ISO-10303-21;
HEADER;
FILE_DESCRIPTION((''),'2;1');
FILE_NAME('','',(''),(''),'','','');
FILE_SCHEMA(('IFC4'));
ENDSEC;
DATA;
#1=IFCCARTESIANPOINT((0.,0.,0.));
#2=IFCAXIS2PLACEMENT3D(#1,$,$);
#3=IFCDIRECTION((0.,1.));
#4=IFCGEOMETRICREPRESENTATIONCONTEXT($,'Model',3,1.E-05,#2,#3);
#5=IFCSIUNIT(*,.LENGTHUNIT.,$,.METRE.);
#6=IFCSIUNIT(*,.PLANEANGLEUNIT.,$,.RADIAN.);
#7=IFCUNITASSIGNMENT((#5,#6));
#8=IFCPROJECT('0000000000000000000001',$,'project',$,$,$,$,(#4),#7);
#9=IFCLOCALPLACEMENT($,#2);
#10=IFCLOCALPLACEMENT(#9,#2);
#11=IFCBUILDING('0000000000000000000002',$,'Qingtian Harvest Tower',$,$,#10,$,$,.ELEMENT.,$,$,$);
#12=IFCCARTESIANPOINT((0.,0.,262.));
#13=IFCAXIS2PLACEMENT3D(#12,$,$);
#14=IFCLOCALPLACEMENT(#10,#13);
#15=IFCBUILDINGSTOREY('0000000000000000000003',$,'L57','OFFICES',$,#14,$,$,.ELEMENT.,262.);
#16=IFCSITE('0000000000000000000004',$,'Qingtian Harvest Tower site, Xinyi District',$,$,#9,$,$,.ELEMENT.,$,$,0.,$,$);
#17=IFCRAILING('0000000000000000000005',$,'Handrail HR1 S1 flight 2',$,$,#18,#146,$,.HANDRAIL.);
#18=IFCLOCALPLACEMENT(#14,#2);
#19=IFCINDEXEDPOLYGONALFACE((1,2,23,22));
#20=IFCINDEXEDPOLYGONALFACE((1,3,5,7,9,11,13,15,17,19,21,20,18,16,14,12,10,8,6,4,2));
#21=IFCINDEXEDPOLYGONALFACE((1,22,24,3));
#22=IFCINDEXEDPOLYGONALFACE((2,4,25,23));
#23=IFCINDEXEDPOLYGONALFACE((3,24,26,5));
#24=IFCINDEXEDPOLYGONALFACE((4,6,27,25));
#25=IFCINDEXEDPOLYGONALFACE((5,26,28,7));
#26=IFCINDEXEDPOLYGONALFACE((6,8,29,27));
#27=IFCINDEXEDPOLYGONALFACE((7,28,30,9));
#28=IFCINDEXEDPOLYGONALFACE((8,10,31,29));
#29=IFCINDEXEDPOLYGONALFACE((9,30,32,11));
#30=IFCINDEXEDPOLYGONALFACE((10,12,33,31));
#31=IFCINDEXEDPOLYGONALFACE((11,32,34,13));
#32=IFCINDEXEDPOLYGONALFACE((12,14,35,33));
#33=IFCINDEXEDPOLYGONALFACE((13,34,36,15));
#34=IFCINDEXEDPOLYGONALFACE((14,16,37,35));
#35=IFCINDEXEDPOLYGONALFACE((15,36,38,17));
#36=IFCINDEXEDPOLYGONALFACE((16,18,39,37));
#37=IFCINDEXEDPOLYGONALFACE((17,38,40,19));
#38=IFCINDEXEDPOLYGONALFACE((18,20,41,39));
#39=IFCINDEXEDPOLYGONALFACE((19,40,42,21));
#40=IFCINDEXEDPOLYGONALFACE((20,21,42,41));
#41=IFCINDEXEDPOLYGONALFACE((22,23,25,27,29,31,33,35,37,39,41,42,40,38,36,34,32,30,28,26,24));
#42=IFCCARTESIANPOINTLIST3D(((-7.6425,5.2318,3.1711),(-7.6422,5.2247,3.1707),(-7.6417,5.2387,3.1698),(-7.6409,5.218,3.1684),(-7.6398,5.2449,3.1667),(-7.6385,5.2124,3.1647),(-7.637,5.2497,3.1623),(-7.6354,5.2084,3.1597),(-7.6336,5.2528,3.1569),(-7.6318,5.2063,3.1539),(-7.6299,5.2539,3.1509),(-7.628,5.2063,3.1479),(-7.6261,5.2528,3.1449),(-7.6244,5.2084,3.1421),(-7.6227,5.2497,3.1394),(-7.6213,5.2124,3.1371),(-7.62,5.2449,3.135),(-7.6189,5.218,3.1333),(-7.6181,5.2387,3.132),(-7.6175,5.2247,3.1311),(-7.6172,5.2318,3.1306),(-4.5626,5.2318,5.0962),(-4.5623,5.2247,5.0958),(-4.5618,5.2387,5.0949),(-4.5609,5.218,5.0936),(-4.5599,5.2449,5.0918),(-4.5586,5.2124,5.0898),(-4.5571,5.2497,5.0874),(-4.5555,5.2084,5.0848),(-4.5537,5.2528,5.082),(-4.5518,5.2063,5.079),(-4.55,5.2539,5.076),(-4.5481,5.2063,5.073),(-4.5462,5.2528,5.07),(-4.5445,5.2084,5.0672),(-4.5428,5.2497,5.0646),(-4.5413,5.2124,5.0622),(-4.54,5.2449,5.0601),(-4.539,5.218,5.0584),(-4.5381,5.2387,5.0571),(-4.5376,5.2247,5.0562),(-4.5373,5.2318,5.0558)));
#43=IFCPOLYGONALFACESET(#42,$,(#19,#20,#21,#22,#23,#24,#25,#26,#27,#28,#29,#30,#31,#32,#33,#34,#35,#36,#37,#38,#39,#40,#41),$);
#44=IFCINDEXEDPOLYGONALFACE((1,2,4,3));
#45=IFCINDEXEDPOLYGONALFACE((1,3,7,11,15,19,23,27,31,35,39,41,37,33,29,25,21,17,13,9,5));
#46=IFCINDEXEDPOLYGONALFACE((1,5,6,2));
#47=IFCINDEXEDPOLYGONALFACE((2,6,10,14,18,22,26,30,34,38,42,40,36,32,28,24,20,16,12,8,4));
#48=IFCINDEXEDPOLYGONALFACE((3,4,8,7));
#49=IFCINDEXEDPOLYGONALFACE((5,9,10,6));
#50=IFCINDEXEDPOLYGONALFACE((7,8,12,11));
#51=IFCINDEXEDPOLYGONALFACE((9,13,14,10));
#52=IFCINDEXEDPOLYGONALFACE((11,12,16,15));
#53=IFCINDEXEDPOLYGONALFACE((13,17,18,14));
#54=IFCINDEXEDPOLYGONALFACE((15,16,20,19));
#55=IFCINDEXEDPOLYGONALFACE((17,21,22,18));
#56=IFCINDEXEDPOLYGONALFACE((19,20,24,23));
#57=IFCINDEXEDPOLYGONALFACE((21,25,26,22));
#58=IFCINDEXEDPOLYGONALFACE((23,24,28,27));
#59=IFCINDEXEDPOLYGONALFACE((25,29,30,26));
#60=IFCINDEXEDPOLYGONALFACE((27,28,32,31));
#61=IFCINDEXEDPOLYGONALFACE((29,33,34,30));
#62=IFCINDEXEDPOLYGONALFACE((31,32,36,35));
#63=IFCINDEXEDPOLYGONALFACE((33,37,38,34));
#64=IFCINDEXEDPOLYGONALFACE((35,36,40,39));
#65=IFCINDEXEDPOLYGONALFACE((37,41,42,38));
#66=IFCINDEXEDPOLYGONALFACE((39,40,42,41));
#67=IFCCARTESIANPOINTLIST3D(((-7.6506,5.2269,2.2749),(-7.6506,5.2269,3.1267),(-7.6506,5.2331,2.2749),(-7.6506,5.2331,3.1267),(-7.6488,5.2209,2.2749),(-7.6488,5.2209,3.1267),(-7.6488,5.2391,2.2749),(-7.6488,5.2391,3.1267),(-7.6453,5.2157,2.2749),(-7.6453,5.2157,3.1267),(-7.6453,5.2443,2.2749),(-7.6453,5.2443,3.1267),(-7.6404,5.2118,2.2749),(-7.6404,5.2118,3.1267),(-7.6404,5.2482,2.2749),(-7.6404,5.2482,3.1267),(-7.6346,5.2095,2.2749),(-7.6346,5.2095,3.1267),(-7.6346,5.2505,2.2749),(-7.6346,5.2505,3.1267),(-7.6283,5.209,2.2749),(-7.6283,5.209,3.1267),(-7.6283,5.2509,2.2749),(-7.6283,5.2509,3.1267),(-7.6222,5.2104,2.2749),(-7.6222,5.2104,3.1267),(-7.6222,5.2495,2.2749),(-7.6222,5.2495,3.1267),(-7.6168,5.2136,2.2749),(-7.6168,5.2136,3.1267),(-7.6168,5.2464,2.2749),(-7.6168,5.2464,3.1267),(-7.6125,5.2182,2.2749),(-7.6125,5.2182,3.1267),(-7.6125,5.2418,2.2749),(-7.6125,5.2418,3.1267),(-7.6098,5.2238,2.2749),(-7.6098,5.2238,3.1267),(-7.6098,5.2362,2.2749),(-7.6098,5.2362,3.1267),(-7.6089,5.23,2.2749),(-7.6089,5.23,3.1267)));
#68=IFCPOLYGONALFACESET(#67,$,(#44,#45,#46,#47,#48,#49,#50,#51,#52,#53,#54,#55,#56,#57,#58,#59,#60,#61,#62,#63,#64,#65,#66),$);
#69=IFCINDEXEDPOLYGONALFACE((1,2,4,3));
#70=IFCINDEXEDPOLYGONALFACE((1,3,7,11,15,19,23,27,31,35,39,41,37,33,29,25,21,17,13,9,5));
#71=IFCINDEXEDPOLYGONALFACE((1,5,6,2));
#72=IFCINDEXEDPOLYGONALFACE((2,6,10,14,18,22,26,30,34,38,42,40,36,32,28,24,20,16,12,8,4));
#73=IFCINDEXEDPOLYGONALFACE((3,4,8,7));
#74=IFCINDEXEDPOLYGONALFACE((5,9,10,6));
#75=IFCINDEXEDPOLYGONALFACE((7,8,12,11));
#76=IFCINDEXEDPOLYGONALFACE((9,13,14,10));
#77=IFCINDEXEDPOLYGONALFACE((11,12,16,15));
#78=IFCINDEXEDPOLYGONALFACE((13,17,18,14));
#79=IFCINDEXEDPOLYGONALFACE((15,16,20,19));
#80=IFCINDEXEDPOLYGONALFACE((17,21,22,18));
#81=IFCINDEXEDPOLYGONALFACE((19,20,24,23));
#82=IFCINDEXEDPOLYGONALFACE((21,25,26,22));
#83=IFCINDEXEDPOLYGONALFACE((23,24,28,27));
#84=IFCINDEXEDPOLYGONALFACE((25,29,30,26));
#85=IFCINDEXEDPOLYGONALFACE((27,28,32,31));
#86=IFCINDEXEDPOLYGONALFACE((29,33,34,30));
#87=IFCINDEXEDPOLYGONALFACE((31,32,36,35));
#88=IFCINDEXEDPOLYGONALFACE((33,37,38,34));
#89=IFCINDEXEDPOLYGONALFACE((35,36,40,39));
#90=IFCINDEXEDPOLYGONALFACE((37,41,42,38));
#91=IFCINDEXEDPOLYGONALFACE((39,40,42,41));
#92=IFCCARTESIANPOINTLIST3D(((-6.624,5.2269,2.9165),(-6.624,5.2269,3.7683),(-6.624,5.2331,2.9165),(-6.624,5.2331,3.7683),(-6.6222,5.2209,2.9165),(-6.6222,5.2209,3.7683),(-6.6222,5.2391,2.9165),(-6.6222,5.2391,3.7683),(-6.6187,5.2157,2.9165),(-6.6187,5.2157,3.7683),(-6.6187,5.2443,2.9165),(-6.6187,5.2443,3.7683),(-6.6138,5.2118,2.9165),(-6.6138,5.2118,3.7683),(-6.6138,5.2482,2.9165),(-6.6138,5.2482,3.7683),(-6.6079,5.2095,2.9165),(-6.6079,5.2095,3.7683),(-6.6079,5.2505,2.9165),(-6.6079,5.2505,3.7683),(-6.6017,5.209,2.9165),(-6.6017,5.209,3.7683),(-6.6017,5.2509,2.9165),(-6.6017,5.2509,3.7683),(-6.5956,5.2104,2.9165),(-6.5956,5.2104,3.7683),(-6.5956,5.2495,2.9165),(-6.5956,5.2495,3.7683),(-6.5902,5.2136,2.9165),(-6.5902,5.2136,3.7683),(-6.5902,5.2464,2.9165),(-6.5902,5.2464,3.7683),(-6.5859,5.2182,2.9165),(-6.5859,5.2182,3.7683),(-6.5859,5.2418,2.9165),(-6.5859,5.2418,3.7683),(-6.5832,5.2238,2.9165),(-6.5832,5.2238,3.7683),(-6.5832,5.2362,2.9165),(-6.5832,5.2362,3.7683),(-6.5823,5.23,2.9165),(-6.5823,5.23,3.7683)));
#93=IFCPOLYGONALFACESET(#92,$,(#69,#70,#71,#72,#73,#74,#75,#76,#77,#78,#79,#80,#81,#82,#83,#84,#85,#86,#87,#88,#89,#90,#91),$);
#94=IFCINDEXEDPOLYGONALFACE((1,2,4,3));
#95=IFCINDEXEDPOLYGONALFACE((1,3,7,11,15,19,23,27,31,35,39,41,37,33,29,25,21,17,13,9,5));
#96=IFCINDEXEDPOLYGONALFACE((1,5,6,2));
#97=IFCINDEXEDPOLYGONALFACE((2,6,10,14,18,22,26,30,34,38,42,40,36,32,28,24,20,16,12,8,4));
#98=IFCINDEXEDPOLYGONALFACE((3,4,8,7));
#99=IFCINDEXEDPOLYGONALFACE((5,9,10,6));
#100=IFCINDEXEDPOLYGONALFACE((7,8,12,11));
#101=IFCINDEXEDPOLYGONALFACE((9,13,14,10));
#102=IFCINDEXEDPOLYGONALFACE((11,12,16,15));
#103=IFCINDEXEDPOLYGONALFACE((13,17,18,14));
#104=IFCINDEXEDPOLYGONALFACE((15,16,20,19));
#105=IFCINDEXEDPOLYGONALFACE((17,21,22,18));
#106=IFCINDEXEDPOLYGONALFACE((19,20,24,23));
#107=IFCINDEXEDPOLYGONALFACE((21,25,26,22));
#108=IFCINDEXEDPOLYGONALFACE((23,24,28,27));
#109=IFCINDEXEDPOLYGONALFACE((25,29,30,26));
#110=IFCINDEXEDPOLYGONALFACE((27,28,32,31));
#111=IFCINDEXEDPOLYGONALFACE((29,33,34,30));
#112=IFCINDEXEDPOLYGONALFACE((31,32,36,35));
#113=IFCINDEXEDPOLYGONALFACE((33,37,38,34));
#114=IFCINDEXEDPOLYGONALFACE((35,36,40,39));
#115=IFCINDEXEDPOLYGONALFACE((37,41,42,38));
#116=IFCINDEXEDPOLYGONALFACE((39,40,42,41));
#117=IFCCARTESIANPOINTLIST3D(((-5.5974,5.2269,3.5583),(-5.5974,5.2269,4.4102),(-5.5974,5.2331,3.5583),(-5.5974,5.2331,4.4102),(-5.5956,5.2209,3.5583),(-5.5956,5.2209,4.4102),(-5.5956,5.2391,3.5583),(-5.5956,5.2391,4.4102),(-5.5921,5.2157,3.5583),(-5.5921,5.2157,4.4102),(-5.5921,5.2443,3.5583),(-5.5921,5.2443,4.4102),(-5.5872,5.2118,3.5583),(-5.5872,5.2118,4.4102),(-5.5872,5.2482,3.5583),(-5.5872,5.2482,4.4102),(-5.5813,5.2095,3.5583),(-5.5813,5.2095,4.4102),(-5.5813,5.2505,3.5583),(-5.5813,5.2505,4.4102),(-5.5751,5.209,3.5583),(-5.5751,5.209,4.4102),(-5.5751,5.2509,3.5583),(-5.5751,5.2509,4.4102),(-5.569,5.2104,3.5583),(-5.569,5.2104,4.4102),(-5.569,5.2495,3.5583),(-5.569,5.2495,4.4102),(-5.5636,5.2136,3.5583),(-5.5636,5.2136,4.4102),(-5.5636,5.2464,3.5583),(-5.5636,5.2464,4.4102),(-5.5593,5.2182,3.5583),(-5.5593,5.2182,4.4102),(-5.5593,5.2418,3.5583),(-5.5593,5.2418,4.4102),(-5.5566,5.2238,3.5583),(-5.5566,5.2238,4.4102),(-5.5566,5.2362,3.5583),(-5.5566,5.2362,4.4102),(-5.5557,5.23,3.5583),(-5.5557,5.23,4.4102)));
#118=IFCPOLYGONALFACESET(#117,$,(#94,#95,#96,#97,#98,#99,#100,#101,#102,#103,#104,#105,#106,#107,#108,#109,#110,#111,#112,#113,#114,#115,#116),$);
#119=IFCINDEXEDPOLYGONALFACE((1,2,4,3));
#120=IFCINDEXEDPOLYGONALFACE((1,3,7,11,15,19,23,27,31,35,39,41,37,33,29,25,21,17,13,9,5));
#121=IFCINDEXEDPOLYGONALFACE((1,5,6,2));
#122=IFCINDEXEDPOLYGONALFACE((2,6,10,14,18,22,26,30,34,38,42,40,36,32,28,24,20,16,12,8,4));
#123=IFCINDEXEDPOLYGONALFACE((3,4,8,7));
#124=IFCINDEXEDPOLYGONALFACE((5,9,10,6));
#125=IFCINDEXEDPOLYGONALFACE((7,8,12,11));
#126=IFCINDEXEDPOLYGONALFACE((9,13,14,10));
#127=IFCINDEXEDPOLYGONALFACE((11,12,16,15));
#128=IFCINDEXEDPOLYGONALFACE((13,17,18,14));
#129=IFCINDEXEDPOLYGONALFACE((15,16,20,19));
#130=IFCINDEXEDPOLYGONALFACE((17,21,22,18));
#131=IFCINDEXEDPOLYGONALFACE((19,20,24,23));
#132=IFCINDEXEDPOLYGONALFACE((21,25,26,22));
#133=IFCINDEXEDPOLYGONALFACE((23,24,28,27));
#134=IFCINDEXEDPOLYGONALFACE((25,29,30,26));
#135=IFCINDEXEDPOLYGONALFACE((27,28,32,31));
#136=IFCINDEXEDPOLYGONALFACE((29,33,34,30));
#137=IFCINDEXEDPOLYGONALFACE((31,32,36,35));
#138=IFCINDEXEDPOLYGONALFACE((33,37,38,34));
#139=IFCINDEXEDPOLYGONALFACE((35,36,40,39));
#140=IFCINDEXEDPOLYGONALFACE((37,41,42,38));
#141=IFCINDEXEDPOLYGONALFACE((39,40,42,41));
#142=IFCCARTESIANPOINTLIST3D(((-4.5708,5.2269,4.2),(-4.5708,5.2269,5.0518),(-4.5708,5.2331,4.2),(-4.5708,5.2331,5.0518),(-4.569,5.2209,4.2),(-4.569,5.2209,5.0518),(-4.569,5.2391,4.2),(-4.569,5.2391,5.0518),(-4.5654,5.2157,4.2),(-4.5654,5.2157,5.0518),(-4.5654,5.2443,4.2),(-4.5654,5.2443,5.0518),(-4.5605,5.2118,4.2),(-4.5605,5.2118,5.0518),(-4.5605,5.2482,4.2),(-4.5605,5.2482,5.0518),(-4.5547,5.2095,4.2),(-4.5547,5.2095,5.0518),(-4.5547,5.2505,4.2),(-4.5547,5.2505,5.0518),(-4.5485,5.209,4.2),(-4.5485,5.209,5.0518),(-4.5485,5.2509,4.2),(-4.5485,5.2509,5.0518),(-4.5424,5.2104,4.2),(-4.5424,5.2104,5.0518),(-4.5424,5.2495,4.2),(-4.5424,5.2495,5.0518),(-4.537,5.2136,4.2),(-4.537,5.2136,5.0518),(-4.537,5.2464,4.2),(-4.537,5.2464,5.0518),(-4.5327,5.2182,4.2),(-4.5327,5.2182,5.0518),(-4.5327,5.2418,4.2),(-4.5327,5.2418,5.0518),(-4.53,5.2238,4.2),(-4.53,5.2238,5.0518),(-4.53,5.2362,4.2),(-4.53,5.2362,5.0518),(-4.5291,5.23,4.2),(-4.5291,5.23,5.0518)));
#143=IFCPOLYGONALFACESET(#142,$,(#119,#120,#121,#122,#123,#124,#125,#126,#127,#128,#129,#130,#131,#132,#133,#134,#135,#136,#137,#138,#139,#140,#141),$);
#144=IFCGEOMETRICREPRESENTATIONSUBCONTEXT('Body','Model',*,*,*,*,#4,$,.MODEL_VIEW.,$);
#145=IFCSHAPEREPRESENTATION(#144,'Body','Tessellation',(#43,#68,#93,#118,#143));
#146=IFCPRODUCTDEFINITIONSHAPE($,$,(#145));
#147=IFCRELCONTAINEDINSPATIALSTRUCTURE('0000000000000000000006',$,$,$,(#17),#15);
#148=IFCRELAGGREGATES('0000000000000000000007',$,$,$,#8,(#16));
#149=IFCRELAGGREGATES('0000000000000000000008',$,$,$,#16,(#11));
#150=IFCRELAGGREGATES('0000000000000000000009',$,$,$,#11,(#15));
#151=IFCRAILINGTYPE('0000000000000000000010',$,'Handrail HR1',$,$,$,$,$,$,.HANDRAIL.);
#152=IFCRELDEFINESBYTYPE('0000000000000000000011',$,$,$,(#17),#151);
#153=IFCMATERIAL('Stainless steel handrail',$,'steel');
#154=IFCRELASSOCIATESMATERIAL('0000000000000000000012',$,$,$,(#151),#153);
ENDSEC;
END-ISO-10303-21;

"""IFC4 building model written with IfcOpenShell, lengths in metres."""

from ifc_helpers import new_model, si_unit, direction, frame, origin, origin_2d, place, context, subcontext, project, spatial, circle, extrude, material, type_object, element, save


model = new_model("IFC4")

# Units and contexts
model_context = context("Model", 3, precision=1e-05, world=origin(), true_north=direction((0.0, 1.0)))
body_context = subcontext(model_context, "Body", "Model", "MODEL_VIEW")
ifc_project = project(units=[si_unit("LENGTHUNIT", "METRE"), si_unit("PLANEANGLEUNIT", "RADIAN")], contexts=[model_context])

# Site, building, storey
site_placement = place(None, origin())
site = spatial("IfcSite", under=ifc_project, at=site_placement, Name="Qingtian Harvest Tower site, Xinyi District", CompositionType="ELEMENT", RefElevation=0.0)
building_placement = place(site_placement, origin())
building = spatial("IfcBuilding", under=site, at=building_placement, Name="Qingtian Harvest Tower", CompositionType="ELEMENT")
storey_placement = place(building_placement, frame((0.0, 0.0, 262.0)))
storey = spatial("IfcBuildingStorey", under=building, at=storey_placement, Name="L57", Description="OFFICES", CompositionType="ELEMENT", Elevation=262.0)

# Railing
ifc_material_1 = material(Name="Stainless steel handrail", Category="steel")
railing_type = type_object("IfcRailingType", Name="Handrail HR1", PredefinedType="HANDRAIL", material=ifc_material_1)
railing_1_placement = place(storey_placement, frame((-7.6299, 5.23, 2.2749)))
element("IfcRailing", 1, at=railing_1_placement, inside=storey, type_object=railing_type, Name="Handrail HR1 S1 flight 2", PredefinedType="HANDRAIL", context=body_context, shape_type="SweptSolid", body=[
    extrude(circle(Radius=0.0239, at=origin_2d()), frame((0.0, 0.0, 0.876), z_axis=(0.847979, 0.0, 0.530029), x_axis=(0.0, 1.0, 0.0)), (0.0, 0.0, 1.0), 3.6321),
    extrude(circle(Radius=0.021, at=origin_2d()), origin(), (0.0, 0.0, 1.0), 0.8518),
    extrude(circle(Radius=0.021, at=origin_2d()), frame((1.0266, 0.0, 0.6416)), (0.0, 0.0, 1.0), 0.8518),
    extrude(circle(Radius=0.021, at=origin_2d()), frame((2.0532, 0.0, 1.2834)), (0.0, 0.0, 1.0), 0.8518),
    extrude(circle(Radius=0.021, at=origin_2d()), frame((3.0798, 0.0, 1.925)), (0.0, 0.0, 1.0), 0.8518),
])

save(model, "model.ifc")
